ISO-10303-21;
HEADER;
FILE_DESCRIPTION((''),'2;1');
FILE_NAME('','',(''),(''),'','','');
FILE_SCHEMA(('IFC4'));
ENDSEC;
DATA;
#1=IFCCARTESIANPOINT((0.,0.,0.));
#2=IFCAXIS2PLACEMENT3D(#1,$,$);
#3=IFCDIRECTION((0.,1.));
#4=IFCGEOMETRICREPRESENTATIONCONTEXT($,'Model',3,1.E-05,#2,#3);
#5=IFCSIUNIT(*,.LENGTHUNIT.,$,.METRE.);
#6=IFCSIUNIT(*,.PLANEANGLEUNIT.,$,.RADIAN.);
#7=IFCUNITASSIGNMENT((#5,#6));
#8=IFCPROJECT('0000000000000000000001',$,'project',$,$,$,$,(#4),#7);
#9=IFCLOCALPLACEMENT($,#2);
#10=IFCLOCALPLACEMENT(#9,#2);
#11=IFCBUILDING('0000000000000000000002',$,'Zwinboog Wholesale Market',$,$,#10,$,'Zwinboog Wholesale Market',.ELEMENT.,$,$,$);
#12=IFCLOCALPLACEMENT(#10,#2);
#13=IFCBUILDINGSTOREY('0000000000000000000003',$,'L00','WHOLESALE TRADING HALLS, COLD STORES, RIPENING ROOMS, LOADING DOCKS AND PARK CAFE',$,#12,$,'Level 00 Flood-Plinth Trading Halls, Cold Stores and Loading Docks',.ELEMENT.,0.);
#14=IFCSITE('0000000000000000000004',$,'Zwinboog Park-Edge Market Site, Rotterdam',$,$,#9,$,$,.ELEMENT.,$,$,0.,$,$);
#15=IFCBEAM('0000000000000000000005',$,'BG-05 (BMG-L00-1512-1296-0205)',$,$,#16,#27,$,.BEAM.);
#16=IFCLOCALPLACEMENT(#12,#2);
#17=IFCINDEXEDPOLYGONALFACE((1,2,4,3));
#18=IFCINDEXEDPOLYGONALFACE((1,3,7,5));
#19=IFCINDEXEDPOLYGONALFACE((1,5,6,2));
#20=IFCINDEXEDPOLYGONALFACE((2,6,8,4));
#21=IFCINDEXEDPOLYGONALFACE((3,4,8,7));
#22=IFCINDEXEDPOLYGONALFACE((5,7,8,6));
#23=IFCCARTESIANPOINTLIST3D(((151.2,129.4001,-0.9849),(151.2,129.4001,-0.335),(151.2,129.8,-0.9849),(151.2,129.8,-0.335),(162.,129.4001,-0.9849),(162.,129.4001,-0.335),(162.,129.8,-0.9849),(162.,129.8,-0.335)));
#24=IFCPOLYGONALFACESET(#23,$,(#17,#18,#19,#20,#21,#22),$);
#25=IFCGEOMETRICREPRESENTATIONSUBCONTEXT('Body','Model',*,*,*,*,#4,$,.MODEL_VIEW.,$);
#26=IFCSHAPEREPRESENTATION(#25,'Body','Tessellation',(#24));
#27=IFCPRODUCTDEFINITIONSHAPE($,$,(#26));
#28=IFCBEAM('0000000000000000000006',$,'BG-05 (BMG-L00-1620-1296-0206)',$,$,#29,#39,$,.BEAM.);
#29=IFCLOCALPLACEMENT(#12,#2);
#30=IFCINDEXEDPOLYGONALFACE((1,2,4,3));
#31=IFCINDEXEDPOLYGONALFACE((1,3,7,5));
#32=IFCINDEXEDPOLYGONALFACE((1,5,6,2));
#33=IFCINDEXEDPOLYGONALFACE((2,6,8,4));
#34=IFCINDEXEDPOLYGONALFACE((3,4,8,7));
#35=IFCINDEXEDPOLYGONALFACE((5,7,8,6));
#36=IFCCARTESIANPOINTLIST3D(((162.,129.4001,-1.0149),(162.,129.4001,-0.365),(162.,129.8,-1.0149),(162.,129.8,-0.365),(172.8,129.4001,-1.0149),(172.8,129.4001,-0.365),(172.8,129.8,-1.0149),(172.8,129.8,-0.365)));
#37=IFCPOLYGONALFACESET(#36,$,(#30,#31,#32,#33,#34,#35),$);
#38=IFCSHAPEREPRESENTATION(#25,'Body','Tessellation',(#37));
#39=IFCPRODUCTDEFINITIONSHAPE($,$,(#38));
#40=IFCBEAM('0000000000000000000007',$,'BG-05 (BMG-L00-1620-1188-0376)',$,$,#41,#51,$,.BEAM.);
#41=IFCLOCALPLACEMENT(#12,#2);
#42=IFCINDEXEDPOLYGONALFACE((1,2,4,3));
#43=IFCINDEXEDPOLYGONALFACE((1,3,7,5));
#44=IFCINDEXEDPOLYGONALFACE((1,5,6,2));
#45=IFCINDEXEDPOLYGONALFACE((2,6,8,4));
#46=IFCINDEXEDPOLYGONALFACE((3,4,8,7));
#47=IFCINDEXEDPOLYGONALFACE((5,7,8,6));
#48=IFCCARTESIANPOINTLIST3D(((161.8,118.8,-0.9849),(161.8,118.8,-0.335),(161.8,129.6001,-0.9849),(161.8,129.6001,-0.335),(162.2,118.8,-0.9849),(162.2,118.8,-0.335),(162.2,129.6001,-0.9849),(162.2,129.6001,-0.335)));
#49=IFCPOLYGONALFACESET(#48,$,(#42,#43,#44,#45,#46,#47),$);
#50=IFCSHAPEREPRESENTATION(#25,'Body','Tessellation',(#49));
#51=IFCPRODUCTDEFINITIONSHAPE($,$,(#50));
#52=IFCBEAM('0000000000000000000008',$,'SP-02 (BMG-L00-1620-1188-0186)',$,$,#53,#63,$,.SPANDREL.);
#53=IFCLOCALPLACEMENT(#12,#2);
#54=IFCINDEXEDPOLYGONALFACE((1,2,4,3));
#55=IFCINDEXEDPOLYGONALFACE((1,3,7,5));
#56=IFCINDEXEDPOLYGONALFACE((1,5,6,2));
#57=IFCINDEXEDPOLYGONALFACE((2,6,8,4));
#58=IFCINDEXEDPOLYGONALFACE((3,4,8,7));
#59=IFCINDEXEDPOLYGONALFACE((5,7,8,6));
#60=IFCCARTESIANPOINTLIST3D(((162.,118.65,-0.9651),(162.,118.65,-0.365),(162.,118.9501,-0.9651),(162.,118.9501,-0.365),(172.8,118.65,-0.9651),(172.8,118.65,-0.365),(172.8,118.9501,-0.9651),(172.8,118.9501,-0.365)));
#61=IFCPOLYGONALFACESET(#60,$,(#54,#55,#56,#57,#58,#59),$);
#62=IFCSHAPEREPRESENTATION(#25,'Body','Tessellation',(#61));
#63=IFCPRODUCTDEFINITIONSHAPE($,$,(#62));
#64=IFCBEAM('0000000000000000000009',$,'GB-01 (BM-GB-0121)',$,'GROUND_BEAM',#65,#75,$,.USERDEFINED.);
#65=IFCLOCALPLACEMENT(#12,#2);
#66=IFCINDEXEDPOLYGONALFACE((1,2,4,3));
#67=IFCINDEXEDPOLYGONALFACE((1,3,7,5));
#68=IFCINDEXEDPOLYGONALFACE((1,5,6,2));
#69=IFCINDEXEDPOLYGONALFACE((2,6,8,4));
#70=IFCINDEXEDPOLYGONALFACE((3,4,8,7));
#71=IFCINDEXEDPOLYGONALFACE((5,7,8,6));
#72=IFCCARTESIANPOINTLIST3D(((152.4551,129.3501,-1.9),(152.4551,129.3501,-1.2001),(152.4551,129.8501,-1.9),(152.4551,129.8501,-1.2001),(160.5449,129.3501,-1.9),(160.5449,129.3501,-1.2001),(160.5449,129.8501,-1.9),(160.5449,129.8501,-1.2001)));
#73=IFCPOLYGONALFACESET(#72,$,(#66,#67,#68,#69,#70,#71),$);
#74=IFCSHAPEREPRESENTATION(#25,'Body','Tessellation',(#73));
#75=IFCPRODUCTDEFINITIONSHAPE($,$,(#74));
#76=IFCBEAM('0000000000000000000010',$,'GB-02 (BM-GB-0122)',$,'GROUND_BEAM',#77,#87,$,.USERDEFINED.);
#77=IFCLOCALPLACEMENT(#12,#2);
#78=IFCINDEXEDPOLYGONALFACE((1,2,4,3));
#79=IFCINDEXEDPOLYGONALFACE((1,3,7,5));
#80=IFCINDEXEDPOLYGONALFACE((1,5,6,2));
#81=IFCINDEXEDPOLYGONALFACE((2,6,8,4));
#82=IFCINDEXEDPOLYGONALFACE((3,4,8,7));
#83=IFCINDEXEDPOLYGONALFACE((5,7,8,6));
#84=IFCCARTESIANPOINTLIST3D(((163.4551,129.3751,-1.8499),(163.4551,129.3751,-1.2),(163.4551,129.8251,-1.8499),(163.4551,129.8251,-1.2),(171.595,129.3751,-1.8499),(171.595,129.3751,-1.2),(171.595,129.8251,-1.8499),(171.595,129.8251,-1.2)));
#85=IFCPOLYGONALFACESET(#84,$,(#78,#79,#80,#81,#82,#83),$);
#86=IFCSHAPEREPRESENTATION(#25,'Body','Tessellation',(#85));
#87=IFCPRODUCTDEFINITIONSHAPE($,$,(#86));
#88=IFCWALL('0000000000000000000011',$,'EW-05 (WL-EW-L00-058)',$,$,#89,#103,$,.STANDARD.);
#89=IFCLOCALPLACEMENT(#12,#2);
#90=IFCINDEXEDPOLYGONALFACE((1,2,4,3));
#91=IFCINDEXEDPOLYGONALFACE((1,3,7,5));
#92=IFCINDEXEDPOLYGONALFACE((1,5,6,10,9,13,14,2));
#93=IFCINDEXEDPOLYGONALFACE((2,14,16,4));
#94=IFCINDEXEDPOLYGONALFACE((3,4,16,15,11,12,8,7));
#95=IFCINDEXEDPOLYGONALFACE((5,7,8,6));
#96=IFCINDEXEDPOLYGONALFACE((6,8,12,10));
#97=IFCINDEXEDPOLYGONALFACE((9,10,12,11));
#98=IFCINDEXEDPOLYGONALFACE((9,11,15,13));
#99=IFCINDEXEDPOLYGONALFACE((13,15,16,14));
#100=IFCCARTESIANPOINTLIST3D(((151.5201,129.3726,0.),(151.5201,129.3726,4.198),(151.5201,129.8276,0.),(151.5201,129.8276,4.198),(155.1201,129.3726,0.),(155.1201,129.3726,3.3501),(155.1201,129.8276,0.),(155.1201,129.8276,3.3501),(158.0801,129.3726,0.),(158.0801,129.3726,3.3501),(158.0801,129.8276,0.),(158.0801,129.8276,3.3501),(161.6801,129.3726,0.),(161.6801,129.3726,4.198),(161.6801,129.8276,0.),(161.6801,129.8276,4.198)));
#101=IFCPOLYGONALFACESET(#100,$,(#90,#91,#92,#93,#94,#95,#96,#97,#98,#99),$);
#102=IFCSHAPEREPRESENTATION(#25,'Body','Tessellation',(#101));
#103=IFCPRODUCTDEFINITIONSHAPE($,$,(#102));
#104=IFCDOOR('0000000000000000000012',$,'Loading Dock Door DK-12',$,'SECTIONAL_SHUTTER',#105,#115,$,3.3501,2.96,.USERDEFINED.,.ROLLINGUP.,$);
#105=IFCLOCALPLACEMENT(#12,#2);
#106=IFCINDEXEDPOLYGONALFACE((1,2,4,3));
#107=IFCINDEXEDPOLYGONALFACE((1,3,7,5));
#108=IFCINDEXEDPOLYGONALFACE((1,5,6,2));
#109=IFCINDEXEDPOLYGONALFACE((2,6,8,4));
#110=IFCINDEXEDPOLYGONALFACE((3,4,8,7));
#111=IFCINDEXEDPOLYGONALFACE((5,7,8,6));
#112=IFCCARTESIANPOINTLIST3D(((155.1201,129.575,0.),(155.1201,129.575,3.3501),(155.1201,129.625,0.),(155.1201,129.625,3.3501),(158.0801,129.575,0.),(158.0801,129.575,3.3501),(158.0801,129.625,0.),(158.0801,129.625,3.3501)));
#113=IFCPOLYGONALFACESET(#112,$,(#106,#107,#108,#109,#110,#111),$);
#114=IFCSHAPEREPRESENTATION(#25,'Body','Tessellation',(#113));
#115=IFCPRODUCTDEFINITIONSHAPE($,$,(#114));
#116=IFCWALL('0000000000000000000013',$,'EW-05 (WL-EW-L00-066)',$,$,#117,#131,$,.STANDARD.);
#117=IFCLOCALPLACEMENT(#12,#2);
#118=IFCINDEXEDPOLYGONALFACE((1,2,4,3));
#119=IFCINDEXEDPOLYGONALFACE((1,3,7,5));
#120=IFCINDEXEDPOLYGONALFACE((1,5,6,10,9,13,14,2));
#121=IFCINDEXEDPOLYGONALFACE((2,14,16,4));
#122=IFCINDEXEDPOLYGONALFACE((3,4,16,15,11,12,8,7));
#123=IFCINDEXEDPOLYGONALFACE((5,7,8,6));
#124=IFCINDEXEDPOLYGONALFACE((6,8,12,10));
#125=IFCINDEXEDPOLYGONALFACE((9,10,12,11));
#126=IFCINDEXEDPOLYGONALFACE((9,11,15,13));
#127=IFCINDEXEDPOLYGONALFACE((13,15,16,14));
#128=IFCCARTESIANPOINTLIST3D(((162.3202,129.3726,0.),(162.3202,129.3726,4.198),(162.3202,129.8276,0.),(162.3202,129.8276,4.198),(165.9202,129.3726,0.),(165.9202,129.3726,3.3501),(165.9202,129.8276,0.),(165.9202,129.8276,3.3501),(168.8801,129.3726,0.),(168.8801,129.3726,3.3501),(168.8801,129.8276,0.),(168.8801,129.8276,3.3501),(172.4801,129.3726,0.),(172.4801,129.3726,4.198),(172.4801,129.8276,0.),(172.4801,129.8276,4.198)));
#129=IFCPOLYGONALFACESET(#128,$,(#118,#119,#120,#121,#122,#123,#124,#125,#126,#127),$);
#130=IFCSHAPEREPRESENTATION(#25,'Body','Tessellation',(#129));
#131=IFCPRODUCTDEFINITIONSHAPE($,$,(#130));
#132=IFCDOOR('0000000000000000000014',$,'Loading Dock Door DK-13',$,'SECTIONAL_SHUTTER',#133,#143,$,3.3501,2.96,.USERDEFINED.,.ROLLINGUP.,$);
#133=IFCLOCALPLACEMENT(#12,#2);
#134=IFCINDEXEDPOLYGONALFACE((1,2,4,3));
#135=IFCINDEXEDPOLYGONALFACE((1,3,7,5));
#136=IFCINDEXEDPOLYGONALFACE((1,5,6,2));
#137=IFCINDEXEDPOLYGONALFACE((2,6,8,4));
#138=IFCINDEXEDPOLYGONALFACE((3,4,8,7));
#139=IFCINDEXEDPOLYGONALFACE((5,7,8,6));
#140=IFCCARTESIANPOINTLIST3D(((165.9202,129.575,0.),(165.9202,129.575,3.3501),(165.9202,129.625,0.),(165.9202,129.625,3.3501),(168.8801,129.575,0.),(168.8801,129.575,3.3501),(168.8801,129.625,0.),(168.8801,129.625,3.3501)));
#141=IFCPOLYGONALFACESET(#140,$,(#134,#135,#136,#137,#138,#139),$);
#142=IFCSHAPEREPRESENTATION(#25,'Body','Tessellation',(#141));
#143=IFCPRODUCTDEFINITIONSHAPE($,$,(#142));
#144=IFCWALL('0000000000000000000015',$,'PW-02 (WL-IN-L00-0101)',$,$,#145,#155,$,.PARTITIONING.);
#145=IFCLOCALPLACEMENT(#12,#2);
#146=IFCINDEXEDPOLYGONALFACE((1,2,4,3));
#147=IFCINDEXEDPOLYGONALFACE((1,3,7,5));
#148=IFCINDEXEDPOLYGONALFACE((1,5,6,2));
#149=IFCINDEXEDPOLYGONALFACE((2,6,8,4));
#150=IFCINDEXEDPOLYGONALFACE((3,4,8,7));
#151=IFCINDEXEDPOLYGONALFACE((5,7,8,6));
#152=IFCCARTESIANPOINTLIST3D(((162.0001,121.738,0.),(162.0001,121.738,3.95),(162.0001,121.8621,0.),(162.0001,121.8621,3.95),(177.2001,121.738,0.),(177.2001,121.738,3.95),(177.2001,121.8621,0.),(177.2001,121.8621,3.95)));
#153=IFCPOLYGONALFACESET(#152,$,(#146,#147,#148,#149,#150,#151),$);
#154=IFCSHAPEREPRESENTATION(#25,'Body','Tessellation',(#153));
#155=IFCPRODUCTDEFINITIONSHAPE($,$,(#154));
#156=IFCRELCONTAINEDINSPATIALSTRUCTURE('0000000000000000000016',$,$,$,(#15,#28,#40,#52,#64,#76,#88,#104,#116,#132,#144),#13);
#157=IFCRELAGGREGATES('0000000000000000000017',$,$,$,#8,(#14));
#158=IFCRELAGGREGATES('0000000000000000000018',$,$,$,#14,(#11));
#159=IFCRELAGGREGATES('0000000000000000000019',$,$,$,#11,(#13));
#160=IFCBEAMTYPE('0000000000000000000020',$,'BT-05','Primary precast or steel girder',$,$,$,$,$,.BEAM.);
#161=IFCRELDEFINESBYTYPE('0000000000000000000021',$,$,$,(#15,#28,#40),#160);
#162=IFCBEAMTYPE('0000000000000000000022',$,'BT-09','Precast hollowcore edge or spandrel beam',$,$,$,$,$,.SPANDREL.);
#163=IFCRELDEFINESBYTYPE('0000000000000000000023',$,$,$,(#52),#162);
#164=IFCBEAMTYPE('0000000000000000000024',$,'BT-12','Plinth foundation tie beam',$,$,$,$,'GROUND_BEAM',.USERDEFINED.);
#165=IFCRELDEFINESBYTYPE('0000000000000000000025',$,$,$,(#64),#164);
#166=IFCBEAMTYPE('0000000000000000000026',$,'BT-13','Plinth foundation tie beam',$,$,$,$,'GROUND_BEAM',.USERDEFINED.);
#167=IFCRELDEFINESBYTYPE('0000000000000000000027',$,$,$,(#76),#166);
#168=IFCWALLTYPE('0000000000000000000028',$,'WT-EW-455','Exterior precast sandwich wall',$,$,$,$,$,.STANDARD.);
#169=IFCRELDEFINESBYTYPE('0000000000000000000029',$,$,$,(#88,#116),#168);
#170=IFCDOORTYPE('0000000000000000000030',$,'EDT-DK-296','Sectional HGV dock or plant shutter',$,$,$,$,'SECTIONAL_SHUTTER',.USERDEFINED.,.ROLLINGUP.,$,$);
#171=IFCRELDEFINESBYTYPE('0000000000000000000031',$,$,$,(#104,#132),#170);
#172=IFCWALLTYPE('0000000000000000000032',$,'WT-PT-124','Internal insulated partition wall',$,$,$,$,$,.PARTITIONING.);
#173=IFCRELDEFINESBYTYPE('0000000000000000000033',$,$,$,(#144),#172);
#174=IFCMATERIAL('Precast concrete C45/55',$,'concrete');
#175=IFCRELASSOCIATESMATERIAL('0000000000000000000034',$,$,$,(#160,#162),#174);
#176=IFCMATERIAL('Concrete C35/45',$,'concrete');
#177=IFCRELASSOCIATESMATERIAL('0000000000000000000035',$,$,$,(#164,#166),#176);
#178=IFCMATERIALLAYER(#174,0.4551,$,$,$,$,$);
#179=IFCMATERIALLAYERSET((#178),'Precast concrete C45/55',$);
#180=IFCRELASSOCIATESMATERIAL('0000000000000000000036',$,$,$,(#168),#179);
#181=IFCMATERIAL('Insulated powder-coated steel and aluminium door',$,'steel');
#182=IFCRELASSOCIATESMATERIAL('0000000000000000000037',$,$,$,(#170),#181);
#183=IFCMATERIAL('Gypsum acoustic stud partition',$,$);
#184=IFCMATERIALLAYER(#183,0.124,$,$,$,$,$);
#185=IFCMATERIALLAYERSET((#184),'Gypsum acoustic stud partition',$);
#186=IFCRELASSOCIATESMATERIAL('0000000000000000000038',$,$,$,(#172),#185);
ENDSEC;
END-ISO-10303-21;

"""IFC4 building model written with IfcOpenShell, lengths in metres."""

from ifc_helpers import new_model, si_unit, direction, frame, frame_2d, origin, origin_2d, place, context, subcontext, project, spatial, rectangle, extrude, material, layer, layer_set, material_profile, profile_set, type_object, element, fill, save


model = new_model("IFC4")

# Units and contexts
model_context = context("Model", 3, precision=1e-05, world=origin(), true_north=direction((0.0, 1.0)))
body_context = subcontext(model_context, "Body", "Model", "MODEL_VIEW")
ifc_project = project(units=[si_unit("LENGTHUNIT", "METRE"), si_unit("PLANEANGLEUNIT", "RADIAN")], contexts=[model_context])

# Site, building, storey
site_placement = place(None, origin())
site = spatial("IfcSite", under=ifc_project, at=site_placement, Name="Zwinboog Park-Edge Market Site, Rotterdam", CompositionType="ELEMENT", RefElevation=0.0)
building_placement = place(site_placement, origin())
building = spatial("IfcBuilding", under=site, at=building_placement, Name="Zwinboog Wholesale Market", LongName="Zwinboog Wholesale Market", CompositionType="ELEMENT")
storey_placement = place(building_placement, origin())
storey = spatial("IfcBuildingStorey", under=building, at=storey_placement, Name="L00", Description="WHOLESALE TRADING HALLS, COLD STORES, RIPENING ROOMS, LOADING DOCKS AND PARK CAFE", LongName="Level 00 Flood-Plinth Trading Halls, Cold Stores and Loading Docks", CompositionType="ELEMENT", Elevation=0.0)

# Shared definitions
ifc_material_1 = material(Name="Concrete C35/45", Category="concrete")

# Shared definitions
ifc_material_2 = material(Name="Precast concrete C45/55", Category="concrete")

# Beams
ifc_material_profile_1 = material_profile(ifc_material_2, rectangle(XDim=0.3999, YDim=0.6499, at=origin_2d()), Name="PC 400x650")
ifc_profile_set_1 = profile_set([ifc_material_profile_1], Name="Precast concrete C45/55")
beam_type_1 = type_object("IfcBeamType", Name="BT-05", Description="Primary precast or steel girder", PredefinedType="BEAM", material=ifc_profile_set_1)
for number, where, z_axis, x_axis, name in (
    (1, (151.2, 129.6001, -0.6599), (1.0, 0.0, 0.0), (0.0, 1.0, 0.0), "BG-05 (BMG-L00-1512-1296-0205)"),
    (2, (162.0, 129.6001, -0.6899), (1.0, 0.0, 0.0), (0.0, 1.0, 0.0), "BG-05 (BMG-L00-1620-1296-0206)"),
    (3, (162.0, 118.8, -0.6599), (0.0, 1.0, 0.0), (-1.0, 0.0, 0.0), "BG-05 (BMG-L00-1620-1188-0376)"),
):
    element("IfcBeam", number, at=place(storey_placement, frame(where, z_axis=z_axis, x_axis=x_axis)), inside=storey, type_object=beam_type_1, Name=name, PredefinedType="BEAM", context=body_context, shape_type="SweptSolid", body=[
        extrude(rectangle(XDim=0.3999, YDim=0.6499, at=origin_2d()), origin(), (0.0, 0.0, 1.0), 10.8),
    ])
ifc_material_profile_2 = material_profile(ifc_material_2, rectangle(XDim=0.3, YDim=0.6001, at=origin_2d()), Name="PC 300x600")
ifc_profile_set_2 = profile_set([ifc_material_profile_2], Name="Precast concrete C45/55")
beam_type_2 = type_object("IfcBeamType", Name="BT-09", Description="Precast hollowcore edge or spandrel beam", PredefinedType="SPANDREL", material=ifc_profile_set_2)
beam_1_placement = place(storey_placement, frame((162.0, 118.8, -0.665), z_axis=(1.0, 0.0, 0.0), x_axis=(0.0, 1.0, 0.0)))
element("IfcBeam", 4, at=beam_1_placement, inside=storey, type_object=beam_type_2, Name="SP-02 (BMG-L00-1620-1188-0186)", PredefinedType="SPANDREL", context=body_context, shape_type="SweptSolid", body=[
    extrude(rectangle(XDim=0.3, YDim=0.6001, at=origin_2d()), origin(), (0.0, 0.0, 1.0), 10.8),
])
ifc_material_profile_3 = material_profile(ifc_material_1, rectangle(XDim=0.5, YDim=0.7, at=origin_2d()), Name="RC 500x700")
ifc_profile_set_3 = profile_set([ifc_material_profile_3], Name="Concrete C35/45")
beam_type_3 = type_object("IfcBeamType", Name="BT-12", Description="Plinth foundation tie beam", ElementType="GROUND_BEAM", PredefinedType="USERDEFINED", material=ifc_profile_set_3)
beam_2_placement = place(storey_placement, frame((152.4551, 129.6001, -1.55), z_axis=(1.0, 0.0, 0.0), x_axis=(0.0, 1.0, 0.0)))
element("IfcBeam", 5, at=beam_2_placement, inside=storey, type_object=beam_type_3, Name="GB-01 (BM-GB-0121)", ObjectType="GROUND_BEAM", PredefinedType="USERDEFINED", context=body_context, shape_type="SweptSolid", body=[
    extrude(rectangle(XDim=0.5, YDim=0.7, at=origin_2d()), origin(), (0.0, 0.0, 1.0), 8.0898),
])
ifc_material_profile_4 = material_profile(ifc_material_1, rectangle(XDim=0.45, YDim=0.6499, at=origin_2d()), Name="RC 450x650")
ifc_profile_set_4 = profile_set([ifc_material_profile_4], Name="Concrete C35/45")
beam_type_4 = type_object("IfcBeamType", Name="BT-13", Description="Plinth foundation tie beam", ElementType="GROUND_BEAM", PredefinedType="USERDEFINED", material=ifc_profile_set_4)
beam_3_placement = place(storey_placement, frame((163.4551, 129.6001, -1.5249), z_axis=(1.0, 0.0, 0.0), x_axis=(0.0, 1.0, 0.0)))
element("IfcBeam", 6, at=beam_3_placement, inside=storey, type_object=beam_type_4, Name="GB-02 (BM-GB-0122)", ObjectType="GROUND_BEAM", PredefinedType="USERDEFINED", context=body_context, shape_type="SweptSolid", body=[
    extrude(rectangle(XDim=0.45, YDim=0.6499, at=origin_2d()), origin(), (0.0, 0.0, 1.0), 8.1399),
])

# Walls, openings, doors
ifc_layer_1 = layer(ifc_material_2, 0.4551)
ifc_layer_set_1 = layer_set([ifc_layer_1], Name="Precast concrete C45/55")
wall_type_1 = type_object("IfcWallType", Name="WT-EW-455", Description="Exterior precast sandwich wall", PredefinedType="STANDARD", material=ifc_layer_set_1)
wall_1_placement = place(storey_placement, frame((151.52, 129.6001, 0.0), z_axis=(0.0, 0.0, 1.0), x_axis=(1.0, 0.0, 0.0)))
wall_1 = element("IfcWall", 7, at=wall_1_placement, inside=storey, type_object=wall_type_1, Name="EW-05 (WL-EW-L00-058)", PredefinedType="STANDARD", context=body_context, shape_type="SweptSolid", body=[
    extrude(rectangle(XDim=10.1599, YDim=0.4551, at=frame_2d((5.0801, 0.0))), origin(), (0.0, 0.0, 1.0), 4.198),
])
opening_1_placement = place(wall_1_placement, frame((3.6001, 0.0, 0.0)))
opening_1 = element("IfcOpeningElement", 8, at=opening_1_placement, cuts=wall_1, PredefinedType="OPENING", context=body_context, shape_type="SweptSolid", body=[
    extrude(rectangle(XDim=2.96, YDim=3.3501, at=frame_2d((1.48, 1.675))), frame((0.0, 0.2375, 0.0), z_axis=(0.0, -1.0, 0.0), x_axis=(1.0, 0.0, 0.0)), (0.0, 0.0, 1.0), 0.4751),
])
ifc_material_3 = material(Name="Insulated powder-coated steel and aluminium door", Category="steel")
door_type = type_object("IfcDoorType", Name="EDT-DK-296", Description="Sectional HGV dock or plant shutter", ElementType="SECTIONAL_SHUTTER", OperationType="ROLLINGUP", PredefinedType="USERDEFINED", material=ifc_material_3)
door_1_placement = place(opening_1_placement, origin())
door_1 = element("IfcDoor", 9, at=door_1_placement, inside=storey, type_object=door_type, Name="Loading Dock Door DK-12", ObjectType="SECTIONAL_SHUTTER", OperationType="ROLLINGUP", OverallHeight=3.3501, OverallWidth=2.96, PredefinedType="USERDEFINED", context=body_context, shape_type="SweptSolid", body=[
    extrude(rectangle(XDim=2.96, YDim=3.3501, at=frame_2d((1.48, 1.675))), frame((0.0, 0.0249, 0.0), z_axis=(0.0, -1.0, 0.0), x_axis=(1.0, 0.0, 0.0)), (0.0, 0.0, 1.0), 0.05),
])
fill(opening_1, door_1)
wall_2_placement = place(storey_placement, frame((162.3201, 129.6001, 0.0), z_axis=(0.0, 0.0, 1.0), x_axis=(1.0, 0.0, 0.0)))
wall_2 = element("IfcWall", 10, at=wall_2_placement, inside=storey, type_object=wall_type_1, Name="EW-05 (WL-EW-L00-066)", PredefinedType="STANDARD", context=body_context, shape_type="SweptSolid", body=[
    extrude(rectangle(XDim=10.1599, YDim=0.4551, at=frame_2d((5.0801, 0.0))), origin(), (0.0, 0.0, 1.0), 4.198),
])
opening_2_placement = place(wall_2_placement, frame((3.6001, 0.0, 0.0)))
opening_2 = element("IfcOpeningElement", 11, at=opening_2_placement, cuts=wall_2, PredefinedType="OPENING", context=body_context, shape_type="SweptSolid", body=[
    extrude(rectangle(XDim=2.96, YDim=3.3501, at=frame_2d((1.48, 1.675))), frame((0.0, 0.2375, 0.0), z_axis=(0.0, -1.0, 0.0), x_axis=(1.0, 0.0, 0.0)), (0.0, 0.0, 1.0), 0.4751),
])
door_2_placement = place(opening_2_placement, origin())
door_2 = element("IfcDoor", 12, at=door_2_placement, inside=storey, type_object=door_type, Name="Loading Dock Door DK-13", ObjectType="SECTIONAL_SHUTTER", OperationType="ROLLINGUP", OverallHeight=3.3501, OverallWidth=2.96, PredefinedType="USERDEFINED", context=body_context, shape_type="SweptSolid", body=[
    extrude(rectangle(XDim=2.96, YDim=3.3501, at=frame_2d((1.48, 1.675))), frame((0.0, 0.0249, 0.0), z_axis=(0.0, -1.0, 0.0), x_axis=(1.0, 0.0, 0.0)), (0.0, 0.0, 1.0), 0.05),
])
fill(opening_2, door_2)

# Wall
ifc_material_4 = material(Name="Gypsum acoustic stud partition")
ifc_layer_2 = layer(ifc_material_4, 0.124)
ifc_layer_set_2 = layer_set([ifc_layer_2], Name="Gypsum acoustic stud partition")
wall_type_2 = type_object("IfcWallType", Name="WT-PT-124", Description="Internal insulated partition wall", PredefinedType="PARTITIONING", material=ifc_layer_set_2)
wall_3_placement = place(storey_placement, frame((162.0, 121.8, 0.0), z_axis=(0.0, 0.0, 1.0), x_axis=(1.0, 0.0, 0.0)))
element("IfcWall", 13, at=wall_3_placement, inside=storey, type_object=wall_type_2, Name="PW-02 (WL-IN-L00-0101)", PredefinedType="PARTITIONING", context=body_context, shape_type="SweptSolid", body=[
    extrude(rectangle(XDim=15.2, YDim=0.124, at=frame_2d((7.6001, 0.0))), origin(), (0.0, 0.0, 1.0), 3.95),
])

save(model, "model.ifc")
